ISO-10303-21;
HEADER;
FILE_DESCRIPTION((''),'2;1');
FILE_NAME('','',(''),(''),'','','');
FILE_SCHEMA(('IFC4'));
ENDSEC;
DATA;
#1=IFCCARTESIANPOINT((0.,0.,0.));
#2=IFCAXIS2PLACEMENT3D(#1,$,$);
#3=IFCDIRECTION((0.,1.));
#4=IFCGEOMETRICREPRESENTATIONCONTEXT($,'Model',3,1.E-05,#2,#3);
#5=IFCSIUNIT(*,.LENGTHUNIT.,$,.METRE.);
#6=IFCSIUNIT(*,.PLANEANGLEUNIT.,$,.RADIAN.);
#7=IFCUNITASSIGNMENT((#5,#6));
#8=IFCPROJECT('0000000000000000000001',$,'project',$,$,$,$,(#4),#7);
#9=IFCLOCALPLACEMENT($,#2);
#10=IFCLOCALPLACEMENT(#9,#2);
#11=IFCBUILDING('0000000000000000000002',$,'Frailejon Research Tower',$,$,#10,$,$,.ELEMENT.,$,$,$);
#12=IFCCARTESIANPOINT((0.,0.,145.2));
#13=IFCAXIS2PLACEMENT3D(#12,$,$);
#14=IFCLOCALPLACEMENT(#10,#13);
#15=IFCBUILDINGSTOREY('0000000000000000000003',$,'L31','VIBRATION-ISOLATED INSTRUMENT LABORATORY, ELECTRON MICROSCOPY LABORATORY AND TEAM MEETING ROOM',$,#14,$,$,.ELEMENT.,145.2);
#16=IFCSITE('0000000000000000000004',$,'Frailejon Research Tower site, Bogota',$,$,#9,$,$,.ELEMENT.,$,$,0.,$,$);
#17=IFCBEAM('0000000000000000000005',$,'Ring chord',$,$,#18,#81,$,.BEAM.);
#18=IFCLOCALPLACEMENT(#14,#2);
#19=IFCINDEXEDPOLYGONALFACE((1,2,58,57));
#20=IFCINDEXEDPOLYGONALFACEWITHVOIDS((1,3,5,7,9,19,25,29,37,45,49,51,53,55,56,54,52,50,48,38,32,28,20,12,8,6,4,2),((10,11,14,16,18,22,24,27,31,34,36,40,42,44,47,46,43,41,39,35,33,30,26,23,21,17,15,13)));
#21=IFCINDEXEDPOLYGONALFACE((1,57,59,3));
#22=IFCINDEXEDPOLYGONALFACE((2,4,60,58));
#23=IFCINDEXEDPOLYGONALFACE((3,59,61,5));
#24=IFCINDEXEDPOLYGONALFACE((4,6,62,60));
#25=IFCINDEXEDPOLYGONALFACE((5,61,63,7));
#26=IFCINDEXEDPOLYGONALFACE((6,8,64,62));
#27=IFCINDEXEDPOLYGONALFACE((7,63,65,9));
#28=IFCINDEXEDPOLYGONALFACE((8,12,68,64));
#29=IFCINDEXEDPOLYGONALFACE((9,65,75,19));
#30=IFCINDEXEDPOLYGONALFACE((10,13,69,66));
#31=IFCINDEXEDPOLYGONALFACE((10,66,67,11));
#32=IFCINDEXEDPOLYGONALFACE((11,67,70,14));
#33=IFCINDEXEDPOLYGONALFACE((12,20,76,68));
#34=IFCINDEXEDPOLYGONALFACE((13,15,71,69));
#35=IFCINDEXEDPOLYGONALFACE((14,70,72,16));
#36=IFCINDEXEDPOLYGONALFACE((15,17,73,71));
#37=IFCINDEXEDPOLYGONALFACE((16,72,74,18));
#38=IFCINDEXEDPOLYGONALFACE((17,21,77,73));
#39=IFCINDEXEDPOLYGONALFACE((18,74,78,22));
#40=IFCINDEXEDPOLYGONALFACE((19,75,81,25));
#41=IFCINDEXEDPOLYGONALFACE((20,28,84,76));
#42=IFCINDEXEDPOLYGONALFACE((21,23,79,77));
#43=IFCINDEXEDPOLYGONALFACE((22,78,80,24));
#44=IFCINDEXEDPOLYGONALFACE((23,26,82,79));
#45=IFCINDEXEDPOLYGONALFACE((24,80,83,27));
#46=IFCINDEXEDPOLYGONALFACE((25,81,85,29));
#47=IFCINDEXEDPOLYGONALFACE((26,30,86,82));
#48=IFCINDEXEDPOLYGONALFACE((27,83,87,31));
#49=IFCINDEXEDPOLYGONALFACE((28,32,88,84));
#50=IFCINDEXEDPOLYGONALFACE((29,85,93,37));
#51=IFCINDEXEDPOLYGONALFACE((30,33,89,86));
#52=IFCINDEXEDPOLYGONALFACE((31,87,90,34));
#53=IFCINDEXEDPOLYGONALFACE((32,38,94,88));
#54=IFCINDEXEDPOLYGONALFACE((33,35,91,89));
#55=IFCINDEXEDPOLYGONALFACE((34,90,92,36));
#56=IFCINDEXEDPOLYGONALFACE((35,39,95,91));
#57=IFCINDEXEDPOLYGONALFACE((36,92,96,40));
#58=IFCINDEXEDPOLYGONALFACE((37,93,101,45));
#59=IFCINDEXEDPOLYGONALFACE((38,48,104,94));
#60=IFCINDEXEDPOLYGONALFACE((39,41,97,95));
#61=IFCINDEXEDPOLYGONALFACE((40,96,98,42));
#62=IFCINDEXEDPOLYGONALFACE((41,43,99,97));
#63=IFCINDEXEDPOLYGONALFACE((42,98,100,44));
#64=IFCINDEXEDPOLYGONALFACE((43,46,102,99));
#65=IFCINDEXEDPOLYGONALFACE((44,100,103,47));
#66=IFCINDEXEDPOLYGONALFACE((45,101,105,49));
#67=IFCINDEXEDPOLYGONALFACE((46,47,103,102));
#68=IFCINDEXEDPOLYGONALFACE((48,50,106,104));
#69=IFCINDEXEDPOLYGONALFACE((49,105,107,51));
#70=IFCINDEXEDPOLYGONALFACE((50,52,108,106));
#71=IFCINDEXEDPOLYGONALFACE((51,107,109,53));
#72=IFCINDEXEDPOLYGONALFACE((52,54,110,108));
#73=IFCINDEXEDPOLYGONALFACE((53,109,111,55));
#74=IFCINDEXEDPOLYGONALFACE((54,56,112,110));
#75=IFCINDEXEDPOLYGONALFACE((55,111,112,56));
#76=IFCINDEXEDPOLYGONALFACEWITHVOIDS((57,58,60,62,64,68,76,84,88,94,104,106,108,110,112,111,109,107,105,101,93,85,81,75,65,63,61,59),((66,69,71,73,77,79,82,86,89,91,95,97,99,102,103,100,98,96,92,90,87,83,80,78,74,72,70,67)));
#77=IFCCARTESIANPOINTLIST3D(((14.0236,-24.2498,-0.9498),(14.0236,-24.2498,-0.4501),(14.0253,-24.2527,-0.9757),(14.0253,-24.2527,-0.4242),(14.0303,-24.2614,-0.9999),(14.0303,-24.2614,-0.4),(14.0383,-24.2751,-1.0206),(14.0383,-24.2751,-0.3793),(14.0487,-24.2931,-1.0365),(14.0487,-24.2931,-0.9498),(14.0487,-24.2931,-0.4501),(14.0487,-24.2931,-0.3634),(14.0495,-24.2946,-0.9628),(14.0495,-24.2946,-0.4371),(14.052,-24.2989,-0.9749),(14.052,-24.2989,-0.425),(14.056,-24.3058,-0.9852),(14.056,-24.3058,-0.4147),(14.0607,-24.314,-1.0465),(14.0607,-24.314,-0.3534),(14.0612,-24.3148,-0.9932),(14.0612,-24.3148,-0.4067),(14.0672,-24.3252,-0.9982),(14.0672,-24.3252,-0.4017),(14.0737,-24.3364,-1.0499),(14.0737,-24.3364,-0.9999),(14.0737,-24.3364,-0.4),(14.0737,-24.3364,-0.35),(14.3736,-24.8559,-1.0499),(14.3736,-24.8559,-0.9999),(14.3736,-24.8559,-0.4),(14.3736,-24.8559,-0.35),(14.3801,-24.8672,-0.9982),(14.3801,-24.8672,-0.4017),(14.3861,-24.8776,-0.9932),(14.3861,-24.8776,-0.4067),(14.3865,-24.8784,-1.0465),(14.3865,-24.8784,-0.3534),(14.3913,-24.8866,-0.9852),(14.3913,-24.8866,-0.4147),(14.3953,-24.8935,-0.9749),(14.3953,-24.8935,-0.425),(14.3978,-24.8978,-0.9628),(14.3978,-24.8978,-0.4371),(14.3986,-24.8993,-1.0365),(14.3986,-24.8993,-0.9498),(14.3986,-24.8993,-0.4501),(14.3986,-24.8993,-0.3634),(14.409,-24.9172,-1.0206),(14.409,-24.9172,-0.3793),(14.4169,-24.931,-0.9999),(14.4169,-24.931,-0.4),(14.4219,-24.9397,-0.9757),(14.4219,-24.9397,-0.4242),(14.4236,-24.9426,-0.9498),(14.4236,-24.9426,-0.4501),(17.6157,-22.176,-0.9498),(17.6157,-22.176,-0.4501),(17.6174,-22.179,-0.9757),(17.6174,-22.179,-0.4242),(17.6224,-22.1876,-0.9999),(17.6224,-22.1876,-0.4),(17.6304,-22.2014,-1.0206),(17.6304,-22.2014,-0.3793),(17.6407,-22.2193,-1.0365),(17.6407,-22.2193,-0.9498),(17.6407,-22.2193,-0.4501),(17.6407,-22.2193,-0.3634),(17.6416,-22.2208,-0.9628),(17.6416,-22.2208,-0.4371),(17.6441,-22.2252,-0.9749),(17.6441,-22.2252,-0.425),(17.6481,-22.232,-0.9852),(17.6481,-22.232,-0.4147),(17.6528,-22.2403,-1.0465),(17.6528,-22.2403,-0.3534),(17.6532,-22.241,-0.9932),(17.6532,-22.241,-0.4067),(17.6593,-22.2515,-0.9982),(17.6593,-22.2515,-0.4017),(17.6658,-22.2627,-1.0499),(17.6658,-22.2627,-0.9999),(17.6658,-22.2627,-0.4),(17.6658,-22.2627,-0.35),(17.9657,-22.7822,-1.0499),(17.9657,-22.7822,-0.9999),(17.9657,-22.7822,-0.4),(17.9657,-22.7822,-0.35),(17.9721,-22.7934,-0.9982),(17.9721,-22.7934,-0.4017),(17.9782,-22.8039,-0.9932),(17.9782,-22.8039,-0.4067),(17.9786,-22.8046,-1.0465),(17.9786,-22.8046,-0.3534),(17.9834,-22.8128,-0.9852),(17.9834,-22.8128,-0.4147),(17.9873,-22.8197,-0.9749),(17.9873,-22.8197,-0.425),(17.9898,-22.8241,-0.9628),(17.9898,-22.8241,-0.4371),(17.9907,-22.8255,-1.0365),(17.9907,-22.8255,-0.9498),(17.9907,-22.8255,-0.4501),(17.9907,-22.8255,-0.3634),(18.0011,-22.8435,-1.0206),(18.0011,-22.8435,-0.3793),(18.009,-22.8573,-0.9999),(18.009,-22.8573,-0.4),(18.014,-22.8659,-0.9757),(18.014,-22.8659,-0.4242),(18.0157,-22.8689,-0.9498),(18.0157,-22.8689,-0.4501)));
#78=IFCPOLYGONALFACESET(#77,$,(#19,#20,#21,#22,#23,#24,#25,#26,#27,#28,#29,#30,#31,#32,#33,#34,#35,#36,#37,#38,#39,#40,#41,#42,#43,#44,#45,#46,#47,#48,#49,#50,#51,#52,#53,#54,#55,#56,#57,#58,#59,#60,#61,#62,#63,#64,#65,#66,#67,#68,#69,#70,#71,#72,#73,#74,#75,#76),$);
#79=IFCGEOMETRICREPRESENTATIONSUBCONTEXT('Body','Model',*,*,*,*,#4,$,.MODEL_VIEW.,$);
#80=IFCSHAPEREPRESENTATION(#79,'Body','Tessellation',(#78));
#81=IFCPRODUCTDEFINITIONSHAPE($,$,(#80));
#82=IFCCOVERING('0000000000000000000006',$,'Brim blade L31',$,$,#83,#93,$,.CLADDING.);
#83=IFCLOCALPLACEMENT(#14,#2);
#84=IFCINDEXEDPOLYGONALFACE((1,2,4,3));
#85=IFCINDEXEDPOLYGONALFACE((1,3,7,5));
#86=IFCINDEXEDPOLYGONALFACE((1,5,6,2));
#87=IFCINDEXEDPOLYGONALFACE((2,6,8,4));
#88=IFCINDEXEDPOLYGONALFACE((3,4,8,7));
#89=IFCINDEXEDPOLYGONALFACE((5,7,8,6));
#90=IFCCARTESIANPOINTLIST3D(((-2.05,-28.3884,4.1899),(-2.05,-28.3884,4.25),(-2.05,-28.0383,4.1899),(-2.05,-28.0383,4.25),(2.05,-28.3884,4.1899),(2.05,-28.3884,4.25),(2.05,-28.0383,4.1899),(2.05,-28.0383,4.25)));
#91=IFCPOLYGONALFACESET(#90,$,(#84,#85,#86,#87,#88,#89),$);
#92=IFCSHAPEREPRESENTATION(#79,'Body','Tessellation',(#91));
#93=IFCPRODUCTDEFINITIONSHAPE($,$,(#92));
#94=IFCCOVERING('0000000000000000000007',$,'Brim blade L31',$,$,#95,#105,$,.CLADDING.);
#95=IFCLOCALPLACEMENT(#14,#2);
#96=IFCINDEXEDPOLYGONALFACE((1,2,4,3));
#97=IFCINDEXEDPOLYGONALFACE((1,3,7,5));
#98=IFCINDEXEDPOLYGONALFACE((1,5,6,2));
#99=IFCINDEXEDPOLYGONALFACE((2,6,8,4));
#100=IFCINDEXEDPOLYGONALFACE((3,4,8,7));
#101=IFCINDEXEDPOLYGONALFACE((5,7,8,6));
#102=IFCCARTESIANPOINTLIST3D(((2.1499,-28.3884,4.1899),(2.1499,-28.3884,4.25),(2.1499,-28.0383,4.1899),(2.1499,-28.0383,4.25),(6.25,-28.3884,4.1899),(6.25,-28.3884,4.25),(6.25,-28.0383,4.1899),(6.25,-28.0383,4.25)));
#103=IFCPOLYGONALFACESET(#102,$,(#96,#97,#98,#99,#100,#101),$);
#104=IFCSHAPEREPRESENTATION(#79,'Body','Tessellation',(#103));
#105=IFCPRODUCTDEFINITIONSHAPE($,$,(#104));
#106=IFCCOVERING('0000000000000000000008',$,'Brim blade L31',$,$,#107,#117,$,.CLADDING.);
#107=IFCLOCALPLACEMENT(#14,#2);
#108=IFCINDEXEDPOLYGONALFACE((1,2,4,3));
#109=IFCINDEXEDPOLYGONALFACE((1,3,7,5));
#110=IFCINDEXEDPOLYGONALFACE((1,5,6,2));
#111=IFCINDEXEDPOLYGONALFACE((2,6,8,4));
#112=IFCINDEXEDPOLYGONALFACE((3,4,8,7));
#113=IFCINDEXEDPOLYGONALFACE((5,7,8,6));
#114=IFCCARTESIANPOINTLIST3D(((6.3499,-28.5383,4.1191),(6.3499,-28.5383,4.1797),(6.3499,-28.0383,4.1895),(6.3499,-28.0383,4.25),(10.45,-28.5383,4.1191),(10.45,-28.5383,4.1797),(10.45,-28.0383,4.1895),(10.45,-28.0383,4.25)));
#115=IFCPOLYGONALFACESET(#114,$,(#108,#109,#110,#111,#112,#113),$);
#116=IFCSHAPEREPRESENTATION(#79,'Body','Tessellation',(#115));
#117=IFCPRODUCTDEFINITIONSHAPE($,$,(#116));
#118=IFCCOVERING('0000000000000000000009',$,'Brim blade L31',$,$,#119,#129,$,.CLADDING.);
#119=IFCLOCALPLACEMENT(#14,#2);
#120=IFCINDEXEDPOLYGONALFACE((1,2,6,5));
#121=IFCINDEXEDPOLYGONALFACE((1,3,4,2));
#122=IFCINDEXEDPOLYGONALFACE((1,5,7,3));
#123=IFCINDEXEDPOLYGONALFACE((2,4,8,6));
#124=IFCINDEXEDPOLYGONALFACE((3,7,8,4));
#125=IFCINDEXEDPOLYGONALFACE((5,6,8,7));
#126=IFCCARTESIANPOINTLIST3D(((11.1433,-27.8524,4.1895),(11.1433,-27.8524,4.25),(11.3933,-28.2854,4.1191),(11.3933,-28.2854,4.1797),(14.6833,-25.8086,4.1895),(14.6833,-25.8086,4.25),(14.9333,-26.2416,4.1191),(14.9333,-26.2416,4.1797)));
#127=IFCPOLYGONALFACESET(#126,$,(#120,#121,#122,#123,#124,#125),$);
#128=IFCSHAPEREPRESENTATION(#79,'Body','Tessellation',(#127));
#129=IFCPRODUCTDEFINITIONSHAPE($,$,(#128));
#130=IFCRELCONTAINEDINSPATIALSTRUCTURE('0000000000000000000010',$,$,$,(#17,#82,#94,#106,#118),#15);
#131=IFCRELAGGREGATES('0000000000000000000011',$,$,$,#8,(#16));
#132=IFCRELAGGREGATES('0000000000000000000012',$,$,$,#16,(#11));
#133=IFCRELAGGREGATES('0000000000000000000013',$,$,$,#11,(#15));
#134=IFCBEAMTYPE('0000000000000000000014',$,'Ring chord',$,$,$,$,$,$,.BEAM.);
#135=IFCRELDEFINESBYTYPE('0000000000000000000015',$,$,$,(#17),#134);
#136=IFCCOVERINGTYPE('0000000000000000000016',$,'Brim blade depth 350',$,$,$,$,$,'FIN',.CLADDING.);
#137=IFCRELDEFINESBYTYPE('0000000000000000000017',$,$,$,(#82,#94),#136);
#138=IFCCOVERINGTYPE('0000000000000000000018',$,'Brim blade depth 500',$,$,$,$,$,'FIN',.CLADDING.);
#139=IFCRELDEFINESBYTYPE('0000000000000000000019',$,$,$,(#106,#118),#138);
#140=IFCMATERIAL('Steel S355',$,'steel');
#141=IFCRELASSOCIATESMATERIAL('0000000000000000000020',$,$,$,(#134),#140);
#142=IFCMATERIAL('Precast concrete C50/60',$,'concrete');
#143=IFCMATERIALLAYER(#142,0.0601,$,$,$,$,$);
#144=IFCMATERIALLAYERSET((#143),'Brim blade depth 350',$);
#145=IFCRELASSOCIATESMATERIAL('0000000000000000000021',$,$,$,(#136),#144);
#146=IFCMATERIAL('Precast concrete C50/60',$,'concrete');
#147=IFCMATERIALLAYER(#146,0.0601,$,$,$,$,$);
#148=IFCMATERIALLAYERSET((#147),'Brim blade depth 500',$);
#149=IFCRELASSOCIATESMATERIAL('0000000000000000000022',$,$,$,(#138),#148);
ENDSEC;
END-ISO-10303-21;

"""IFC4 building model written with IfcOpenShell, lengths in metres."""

from ifc_helpers import new_model, si_unit, direction, frame, origin, origin_2d, place, context, subcontext, project, spatial, polyline, hollow_rectangle, outline, extrude, material, layer, layer_set, material_profile, profile_set, type_object, element, save


model = new_model("IFC4")

# Units and contexts
model_context = context("Model", 3, precision=1e-05, world=origin(), true_north=direction((0.0, 1.0)))
body_context = subcontext(model_context, "Body", "Model", "MODEL_VIEW")
ifc_project = project(units=[si_unit("LENGTHUNIT", "METRE"), si_unit("PLANEANGLEUNIT", "RADIAN")], contexts=[model_context])

# Site, building, storey
site_placement = place(None, origin())
site = spatial("IfcSite", under=ifc_project, at=site_placement, Name="Frailejon Research Tower site, Bogota", CompositionType="ELEMENT", RefElevation=0.0)
building_placement = place(site_placement, origin())
building = spatial("IfcBuilding", under=site, at=building_placement, Name="Frailejon Research Tower", CompositionType="ELEMENT")
storey_placement = place(building_placement, frame((0.0, 0.0, 145.2)))
storey = spatial("IfcBuildingStorey", under=building, at=storey_placement, Name="L31", Description="VIBRATION-ISOLATED INSTRUMENT LABORATORY, ELECTRON MICROSCOPY LABORATORY AND TEAM MEETING ROOM", CompositionType="ELEMENT", Elevation=145.2)

# Beam
ifc_material_1 = material(Name="Steel S355", Category="steel")
ifc_material_profile_1 = material_profile(ifc_material_1, hollow_rectangle(XDim=0.8, YDim=0.7, WallThickness=0.05, InnerFilletRadius=0.05, OuterFilletRadius=0.1001, at=origin_2d()), Name="Ring chord")
ifc_profile_set_1 = profile_set([ifc_material_profile_1], Name="Steel S355")
beam_type_1 = type_object("IfcBeamType", Name="Ring chord", PredefinedType="BEAM", material=ifc_profile_set_1)
for number, where, z_axis, x_axis, name in (
    (1, (14.2236, -24.5962, -0.7), (0.86604, 0.499976, 0.0), (-0.499976, 0.86604, 0.0), "Ring chord"),
):
    element("IfcBeam", number, at=place(storey_placement, frame(where, z_axis=z_axis, x_axis=x_axis)), inside=storey, type_object=beam_type_1, Name=name, PredefinedType="BEAM", context=body_context, shape_type="SweptSolid", body=[
        extrude(hollow_rectangle(XDim=0.8, YDim=0.7, WallThickness=0.05, InnerFilletRadius=0.05, OuterFilletRadius=0.1001, at=origin_2d()), origin(), (0.0, 0.0, 1.0), 4.1477),
    ])

# Coverings
ifc_material_2 = material(Name="Precast concrete C50/60", Category="concrete")
ifc_layer_1 = layer(ifc_material_2, 0.0601)
ifc_layer_set_1 = layer_set([ifc_layer_1], Name="Brim blade depth 350")
covering_type_1 = type_object("IfcCoveringType", Name="Brim blade depth 350", ElementType="FIN", PredefinedType="CLADDING", material=ifc_layer_set_1)
for number, where, z_axis, x_axis, name in (
    (2, (2.05, -28.0383, 4.25), (-1.0, 0.0, 0.0), (0.0, -1.0, 0.0), "Brim blade L31"),
    (3, (6.25, -28.0383, 4.25), (-1.0, 0.0, 0.0), (0.0, -1.0, 0.0), "Brim blade L31"),
):
    element("IfcCovering", number, at=place(storey_placement, frame(where, z_axis=z_axis, x_axis=x_axis)), inside=storey, type_object=covering_type_1, Name=name, PredefinedType="CLADDING", context=body_context, shape_type="SweptSolid", body=[
        extrude(outline(polyline([(0.0, -0.0601), (0.3501, -0.0601), (0.3501, 0.0), (0.0, 0.0), (0.0, -0.0601)])), origin(), (0.0, 0.0, 1.0), 4.1001),
    ])
ifc_material_3 = material(Name="Precast concrete C50/60", Category="concrete")
ifc_layer_2 = layer(ifc_material_3, 0.0601)
ifc_layer_set_2 = layer_set([ifc_layer_2], Name="Brim blade depth 500")
covering_type_2 = type_object("IfcCoveringType", Name="Brim blade depth 500", ElementType="FIN", PredefinedType="CLADDING", material=ifc_layer_set_2)
covering_1_placement = place(storey_placement, frame((10.45, -28.0383, 4.25), z_axis=(-1.0, 0.0, 0.0), x_axis=(0.0, -1.0, 0.0)))
element("IfcCovering", 4, at=covering_1_placement, inside=storey, type_object=covering_type_2, Name="Brim blade L31", PredefinedType="CLADDING", context=body_context, shape_type="SweptSolid", body=[
    extrude(outline(polyline([(0.0, -0.0605), (0.5, -0.1309), (0.5, -0.0703), (0.0, 0.0), (0.0, -0.0605)])), origin(), (0.0, 0.0, 1.0), 4.1001),
])
covering_2_placement = place(storey_placement, frame((14.6833, -25.8086, 4.25), z_axis=(-0.866027, -0.499997, 0.0), x_axis=(0.499997, -0.866027, 0.0)))
element("IfcCovering", 5, at=covering_2_placement, inside=storey, type_object=covering_type_2, Name="Brim blade L31", PredefinedType="CLADDING", context=body_context, shape_type="SweptSolid", body=[
    extrude(outline(polyline([(0.0, -0.0605), (0.5, -0.1309), (0.5, -0.0703), (0.0, 0.0), (0.0, -0.0605)])), origin(), (0.0, 0.0, 1.0), 4.0876),
])

save(model, "model.ifc")
